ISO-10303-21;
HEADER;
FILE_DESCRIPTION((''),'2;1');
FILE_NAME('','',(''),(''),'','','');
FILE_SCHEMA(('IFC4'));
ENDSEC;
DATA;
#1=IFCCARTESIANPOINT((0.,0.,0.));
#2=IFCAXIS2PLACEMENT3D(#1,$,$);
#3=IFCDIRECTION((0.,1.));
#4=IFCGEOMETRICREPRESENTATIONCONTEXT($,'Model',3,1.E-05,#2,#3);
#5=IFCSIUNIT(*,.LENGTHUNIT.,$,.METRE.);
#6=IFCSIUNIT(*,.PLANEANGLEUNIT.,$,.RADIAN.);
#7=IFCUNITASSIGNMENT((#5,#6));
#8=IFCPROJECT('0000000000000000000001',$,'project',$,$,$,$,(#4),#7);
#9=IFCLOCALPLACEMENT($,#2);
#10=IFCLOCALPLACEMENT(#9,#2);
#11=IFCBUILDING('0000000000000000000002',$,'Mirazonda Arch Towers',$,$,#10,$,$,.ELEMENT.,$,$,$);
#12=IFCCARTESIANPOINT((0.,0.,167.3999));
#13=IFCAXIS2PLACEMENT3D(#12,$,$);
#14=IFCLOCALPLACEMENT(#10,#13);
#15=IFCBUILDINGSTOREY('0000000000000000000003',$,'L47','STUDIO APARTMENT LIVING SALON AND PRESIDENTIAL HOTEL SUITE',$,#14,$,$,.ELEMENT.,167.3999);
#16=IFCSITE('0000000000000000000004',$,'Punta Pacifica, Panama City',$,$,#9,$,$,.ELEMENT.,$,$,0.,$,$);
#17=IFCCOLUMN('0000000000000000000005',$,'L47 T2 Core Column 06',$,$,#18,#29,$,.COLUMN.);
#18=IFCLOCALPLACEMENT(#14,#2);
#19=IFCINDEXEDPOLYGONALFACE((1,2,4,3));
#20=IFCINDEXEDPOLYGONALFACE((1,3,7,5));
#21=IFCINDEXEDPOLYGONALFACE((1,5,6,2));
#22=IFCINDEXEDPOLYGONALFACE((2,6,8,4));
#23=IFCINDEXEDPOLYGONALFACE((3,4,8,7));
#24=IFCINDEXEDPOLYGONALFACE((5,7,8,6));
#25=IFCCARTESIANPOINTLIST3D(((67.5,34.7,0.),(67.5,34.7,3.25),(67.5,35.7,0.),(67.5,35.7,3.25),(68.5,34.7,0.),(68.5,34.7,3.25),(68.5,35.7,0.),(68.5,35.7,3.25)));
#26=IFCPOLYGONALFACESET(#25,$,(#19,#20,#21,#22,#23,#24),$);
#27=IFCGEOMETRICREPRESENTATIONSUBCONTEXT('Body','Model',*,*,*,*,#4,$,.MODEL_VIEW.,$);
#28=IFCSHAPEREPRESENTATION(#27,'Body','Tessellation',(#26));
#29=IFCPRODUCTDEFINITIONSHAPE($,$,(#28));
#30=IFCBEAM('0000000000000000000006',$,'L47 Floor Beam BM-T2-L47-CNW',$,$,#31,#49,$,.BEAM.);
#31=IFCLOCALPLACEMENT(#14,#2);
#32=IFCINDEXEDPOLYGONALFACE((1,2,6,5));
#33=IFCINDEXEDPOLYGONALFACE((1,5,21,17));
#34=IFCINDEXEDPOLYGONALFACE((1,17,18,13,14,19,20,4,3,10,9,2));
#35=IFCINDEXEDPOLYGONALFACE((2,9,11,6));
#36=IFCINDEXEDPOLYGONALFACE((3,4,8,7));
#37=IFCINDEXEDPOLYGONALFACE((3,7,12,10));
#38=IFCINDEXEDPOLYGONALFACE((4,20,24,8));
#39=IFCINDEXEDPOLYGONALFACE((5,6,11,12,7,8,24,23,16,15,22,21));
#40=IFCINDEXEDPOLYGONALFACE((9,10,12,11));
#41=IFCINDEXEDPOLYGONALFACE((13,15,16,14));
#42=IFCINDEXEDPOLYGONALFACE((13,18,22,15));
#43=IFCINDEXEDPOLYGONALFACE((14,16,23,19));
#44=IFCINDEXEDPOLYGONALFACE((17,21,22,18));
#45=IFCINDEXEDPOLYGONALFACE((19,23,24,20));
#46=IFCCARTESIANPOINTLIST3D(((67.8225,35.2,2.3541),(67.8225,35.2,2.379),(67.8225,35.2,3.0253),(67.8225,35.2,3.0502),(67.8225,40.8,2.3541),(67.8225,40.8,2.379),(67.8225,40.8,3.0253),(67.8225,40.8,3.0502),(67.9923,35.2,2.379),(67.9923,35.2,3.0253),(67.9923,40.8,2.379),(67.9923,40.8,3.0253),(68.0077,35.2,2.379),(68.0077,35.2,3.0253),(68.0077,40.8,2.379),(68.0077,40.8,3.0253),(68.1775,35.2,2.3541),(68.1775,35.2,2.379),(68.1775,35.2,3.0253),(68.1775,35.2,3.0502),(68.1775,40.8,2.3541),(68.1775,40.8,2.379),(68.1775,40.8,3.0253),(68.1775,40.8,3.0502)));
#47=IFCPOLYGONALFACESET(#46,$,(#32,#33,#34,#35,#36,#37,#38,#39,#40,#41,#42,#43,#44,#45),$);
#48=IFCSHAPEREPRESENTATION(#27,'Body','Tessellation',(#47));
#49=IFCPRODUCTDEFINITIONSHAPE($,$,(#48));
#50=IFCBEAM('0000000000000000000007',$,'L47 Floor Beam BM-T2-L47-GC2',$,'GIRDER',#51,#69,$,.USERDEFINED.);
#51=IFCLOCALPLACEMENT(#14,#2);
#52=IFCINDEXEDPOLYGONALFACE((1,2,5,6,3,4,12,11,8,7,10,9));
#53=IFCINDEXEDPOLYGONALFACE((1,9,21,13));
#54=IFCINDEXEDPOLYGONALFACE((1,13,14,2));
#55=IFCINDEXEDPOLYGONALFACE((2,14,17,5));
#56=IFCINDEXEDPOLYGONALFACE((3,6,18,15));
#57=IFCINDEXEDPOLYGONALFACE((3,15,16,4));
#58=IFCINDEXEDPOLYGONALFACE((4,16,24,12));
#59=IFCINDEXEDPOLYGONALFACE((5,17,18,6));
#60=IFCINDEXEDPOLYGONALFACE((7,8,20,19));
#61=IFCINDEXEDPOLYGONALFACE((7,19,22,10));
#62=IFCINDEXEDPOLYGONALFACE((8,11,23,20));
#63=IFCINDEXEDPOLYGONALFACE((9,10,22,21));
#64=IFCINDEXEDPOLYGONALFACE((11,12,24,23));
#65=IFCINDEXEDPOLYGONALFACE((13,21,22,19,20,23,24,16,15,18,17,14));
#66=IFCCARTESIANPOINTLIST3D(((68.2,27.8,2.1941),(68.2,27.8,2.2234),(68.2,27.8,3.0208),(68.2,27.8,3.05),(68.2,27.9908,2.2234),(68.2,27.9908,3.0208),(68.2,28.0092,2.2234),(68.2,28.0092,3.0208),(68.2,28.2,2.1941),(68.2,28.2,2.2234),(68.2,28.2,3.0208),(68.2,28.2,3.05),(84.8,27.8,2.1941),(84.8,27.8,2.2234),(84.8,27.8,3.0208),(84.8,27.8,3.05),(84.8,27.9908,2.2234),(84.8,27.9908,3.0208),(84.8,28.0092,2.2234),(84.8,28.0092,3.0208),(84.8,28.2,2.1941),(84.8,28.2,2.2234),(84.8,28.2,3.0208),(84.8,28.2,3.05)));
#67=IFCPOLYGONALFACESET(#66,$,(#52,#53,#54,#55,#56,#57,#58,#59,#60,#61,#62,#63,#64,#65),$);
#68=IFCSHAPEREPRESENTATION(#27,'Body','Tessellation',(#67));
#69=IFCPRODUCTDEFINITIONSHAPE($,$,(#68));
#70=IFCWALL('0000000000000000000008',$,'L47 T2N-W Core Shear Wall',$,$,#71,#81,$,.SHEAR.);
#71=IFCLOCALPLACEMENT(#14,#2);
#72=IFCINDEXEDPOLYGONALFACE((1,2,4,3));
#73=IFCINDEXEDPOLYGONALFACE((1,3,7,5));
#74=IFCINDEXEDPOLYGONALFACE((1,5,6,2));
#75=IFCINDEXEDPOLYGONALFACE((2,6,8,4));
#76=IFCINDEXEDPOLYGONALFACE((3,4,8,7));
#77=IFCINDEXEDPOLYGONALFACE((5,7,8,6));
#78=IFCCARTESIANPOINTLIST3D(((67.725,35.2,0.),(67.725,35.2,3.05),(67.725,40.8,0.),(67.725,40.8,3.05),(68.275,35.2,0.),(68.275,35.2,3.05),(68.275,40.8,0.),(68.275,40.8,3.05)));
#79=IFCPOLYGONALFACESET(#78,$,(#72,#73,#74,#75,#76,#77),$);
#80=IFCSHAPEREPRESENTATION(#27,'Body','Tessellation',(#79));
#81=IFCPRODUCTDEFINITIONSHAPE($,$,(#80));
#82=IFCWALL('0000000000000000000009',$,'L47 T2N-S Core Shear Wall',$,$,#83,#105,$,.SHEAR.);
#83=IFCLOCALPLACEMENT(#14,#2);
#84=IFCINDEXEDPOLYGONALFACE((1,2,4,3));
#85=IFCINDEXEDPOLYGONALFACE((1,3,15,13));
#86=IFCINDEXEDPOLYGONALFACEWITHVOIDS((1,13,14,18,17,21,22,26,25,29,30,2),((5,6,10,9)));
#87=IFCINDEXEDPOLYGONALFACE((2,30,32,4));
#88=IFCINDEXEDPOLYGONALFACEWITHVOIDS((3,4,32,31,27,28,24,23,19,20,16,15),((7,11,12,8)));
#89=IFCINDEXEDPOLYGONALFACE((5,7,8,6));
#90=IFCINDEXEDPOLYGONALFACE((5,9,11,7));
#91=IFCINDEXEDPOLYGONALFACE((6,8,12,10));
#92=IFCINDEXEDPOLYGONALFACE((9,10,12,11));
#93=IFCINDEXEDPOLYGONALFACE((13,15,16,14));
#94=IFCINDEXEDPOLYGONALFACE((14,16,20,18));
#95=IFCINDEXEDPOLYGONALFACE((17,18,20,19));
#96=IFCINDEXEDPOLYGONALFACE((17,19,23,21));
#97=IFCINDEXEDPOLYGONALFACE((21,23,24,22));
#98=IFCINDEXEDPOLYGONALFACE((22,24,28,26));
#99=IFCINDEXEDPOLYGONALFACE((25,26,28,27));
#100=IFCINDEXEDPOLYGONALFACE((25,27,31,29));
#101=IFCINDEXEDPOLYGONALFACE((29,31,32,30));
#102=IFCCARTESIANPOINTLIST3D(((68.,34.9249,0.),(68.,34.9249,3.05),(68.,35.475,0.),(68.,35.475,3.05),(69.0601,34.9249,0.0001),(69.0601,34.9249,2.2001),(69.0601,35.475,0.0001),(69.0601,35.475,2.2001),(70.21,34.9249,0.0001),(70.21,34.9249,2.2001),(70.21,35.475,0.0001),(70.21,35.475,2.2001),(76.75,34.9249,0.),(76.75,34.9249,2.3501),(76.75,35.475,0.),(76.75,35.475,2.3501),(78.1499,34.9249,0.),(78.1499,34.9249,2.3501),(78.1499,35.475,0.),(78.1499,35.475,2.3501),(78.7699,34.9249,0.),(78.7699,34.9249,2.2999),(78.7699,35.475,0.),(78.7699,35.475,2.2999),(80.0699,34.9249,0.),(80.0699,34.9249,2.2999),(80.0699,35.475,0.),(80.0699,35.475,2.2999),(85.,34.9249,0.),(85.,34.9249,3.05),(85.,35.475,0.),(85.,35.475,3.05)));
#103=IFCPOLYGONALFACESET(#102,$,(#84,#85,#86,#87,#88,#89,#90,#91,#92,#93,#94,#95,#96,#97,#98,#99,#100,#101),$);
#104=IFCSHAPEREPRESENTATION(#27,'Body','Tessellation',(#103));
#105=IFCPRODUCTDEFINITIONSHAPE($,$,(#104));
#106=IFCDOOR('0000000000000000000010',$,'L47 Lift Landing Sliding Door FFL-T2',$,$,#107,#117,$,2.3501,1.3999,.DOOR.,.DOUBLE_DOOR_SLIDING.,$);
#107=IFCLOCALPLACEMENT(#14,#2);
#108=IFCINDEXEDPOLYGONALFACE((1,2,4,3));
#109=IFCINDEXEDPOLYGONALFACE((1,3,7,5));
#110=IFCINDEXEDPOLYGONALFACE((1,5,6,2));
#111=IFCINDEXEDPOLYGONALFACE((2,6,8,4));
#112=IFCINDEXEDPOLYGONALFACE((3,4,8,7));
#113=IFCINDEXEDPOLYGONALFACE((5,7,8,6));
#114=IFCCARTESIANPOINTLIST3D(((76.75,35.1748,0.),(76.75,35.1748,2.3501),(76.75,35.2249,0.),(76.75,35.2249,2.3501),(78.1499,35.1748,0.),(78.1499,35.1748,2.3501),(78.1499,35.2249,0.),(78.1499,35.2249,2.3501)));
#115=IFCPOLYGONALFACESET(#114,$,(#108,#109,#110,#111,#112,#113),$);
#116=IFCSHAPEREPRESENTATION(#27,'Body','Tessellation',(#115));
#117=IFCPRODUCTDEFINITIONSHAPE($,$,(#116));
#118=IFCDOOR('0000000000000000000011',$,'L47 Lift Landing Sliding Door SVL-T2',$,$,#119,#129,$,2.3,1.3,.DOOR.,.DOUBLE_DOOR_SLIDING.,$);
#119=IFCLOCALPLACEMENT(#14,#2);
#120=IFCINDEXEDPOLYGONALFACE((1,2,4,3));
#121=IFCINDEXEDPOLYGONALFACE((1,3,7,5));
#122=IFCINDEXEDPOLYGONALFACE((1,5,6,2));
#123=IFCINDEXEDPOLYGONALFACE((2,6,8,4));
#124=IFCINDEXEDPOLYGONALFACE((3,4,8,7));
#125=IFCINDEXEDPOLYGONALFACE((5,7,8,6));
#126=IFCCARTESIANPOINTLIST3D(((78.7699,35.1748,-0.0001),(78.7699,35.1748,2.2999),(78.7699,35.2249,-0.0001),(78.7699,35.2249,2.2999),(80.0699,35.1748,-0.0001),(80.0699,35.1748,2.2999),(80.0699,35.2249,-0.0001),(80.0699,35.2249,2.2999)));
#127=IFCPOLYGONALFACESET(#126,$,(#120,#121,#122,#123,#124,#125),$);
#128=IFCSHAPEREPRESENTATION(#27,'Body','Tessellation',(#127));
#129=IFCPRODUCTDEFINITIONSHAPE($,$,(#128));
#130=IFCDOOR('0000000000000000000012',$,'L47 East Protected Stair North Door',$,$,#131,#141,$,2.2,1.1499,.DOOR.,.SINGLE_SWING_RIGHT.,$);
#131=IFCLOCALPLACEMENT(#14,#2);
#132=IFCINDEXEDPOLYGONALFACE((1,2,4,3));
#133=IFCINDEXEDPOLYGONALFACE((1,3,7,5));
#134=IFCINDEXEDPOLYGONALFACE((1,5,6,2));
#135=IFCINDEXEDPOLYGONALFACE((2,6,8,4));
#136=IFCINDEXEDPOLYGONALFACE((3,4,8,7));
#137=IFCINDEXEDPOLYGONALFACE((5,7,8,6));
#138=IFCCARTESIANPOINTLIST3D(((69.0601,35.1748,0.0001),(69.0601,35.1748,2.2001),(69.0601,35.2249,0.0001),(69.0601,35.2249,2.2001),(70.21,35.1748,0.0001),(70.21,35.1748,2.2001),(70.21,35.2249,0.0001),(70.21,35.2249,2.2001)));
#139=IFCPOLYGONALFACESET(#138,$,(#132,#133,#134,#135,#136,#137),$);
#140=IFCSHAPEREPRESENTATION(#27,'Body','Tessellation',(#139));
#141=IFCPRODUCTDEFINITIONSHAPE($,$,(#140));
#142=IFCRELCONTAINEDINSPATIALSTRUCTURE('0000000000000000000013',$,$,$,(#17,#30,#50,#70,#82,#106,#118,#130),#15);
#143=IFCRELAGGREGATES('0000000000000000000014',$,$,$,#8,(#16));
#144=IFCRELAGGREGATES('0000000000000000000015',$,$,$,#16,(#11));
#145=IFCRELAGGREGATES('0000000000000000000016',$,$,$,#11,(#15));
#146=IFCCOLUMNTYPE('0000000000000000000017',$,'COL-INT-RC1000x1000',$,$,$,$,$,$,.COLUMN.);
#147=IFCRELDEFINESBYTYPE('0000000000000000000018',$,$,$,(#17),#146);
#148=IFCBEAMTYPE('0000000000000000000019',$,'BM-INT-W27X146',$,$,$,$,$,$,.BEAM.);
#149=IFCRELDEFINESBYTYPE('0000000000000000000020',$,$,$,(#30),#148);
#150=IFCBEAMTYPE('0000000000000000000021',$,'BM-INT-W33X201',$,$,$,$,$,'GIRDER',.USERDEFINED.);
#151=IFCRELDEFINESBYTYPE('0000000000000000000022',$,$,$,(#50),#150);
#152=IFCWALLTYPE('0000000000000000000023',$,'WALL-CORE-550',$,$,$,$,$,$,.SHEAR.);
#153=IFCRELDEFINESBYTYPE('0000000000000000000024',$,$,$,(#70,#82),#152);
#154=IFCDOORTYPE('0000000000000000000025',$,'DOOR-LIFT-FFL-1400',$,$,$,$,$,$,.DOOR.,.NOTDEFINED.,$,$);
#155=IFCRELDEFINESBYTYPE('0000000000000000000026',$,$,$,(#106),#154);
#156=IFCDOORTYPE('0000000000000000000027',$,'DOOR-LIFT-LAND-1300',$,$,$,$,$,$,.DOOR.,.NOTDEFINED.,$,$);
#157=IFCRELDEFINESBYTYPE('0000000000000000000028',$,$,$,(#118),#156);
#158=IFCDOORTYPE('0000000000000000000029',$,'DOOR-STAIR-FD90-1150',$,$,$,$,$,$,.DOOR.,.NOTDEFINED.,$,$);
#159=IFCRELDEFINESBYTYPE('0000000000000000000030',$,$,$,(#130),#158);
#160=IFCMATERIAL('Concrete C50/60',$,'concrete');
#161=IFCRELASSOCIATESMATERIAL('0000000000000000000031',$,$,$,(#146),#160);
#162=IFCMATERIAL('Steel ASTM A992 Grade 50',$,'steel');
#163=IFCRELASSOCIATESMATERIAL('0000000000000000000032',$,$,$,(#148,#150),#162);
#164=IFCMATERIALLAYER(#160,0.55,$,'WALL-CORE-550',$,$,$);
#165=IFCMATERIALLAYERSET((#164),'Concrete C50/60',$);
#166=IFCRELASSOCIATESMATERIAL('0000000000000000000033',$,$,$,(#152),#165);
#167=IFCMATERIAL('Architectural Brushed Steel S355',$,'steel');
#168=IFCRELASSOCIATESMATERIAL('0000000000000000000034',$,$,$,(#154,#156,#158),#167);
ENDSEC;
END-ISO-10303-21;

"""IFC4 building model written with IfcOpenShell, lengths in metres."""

from ifc_helpers import new_model, si_unit, direction, frame, frame_2d, origin, origin_2d, place, context, subcontext, project, spatial, rectangle, i_section, extrude, material, layer, layer_set, material_profile, profile_set, type_object, element, fill, save


model = new_model("IFC4")

# Units and contexts
model_context = context("Model", 3, precision=1e-05, world=origin(), true_north=direction((0.0, 1.0)))
body_context = subcontext(model_context, "Body", "Model", "MODEL_VIEW")
ifc_project = project(units=[si_unit("LENGTHUNIT", "METRE"), si_unit("PLANEANGLEUNIT", "RADIAN")], contexts=[model_context])

# Site, building, storey
site_placement = place(None, origin())
site = spatial("IfcSite", under=ifc_project, at=site_placement, Name="Punta Pacifica, Panama City", CompositionType="ELEMENT", RefElevation=0.0)
building_placement = place(site_placement, origin())
building = spatial("IfcBuilding", under=site, at=building_placement, Name="Mirazonda Arch Towers", CompositionType="ELEMENT")
storey_placement = place(building_placement, frame((0.0, 0.0, 167.3999)))
storey = spatial("IfcBuildingStorey", under=building, at=storey_placement, Name="L47", Description="STUDIO APARTMENT LIVING SALON AND PRESIDENTIAL HOTEL SUITE", CompositionType="ELEMENT", Elevation=167.3999)

# Column
ifc_material_1 = material(Name="Concrete C50/60", Category="concrete")
ifc_material_profile_1 = material_profile(ifc_material_1, rectangle(XDim=1.0, YDim=1.0, at=origin_2d()), Name="RC1000x1000")
ifc_profile_set_1 = profile_set([ifc_material_profile_1], Name="Concrete C50/60")
column_type = type_object("IfcColumnType", Name="COL-INT-RC1000x1000", PredefinedType="COLUMN", material=ifc_profile_set_1)
column_placement = place(storey_placement, frame((68.0, 35.2, 0.0), z_axis=(0.0, 0.0, 1.0), x_axis=(1.0, 0.0, 0.0)))
element("IfcColumn", 1, at=column_placement, inside=storey, type_object=column_type, Name="L47 T2 Core Column 06", PredefinedType="COLUMN", context=body_context, shape_type="SweptSolid", body=[
    extrude(rectangle(XDim=1.0, YDim=1.0, at=origin_2d()), origin(), (0.0, 0.0, 1.0), 3.25),
])

# Beams
ifc_material_2 = material(Name="Steel ASTM A992 Grade 50", Category="steel")
ifc_material_profile_2 = material_profile(ifc_material_2, i_section(OverallWidth=0.355, OverallDepth=0.696, WebThickness=0.0154, FlangeThickness=0.0249, at=origin_2d()), Name="W27X146")
ifc_profile_set_2 = profile_set([ifc_material_profile_2], Name="Steel ASTM A992 Grade 50")
beam_type_1 = type_object("IfcBeamType", Name="BM-INT-W27X146", PredefinedType="BEAM", material=ifc_profile_set_2)
beam_1_placement = place(storey_placement, frame((68.0, 35.2, 2.7021), z_axis=(0.0, 1.0, 0.0), x_axis=(-1.0, 0.0, 0.0)))
element("IfcBeam", 2, at=beam_1_placement, inside=storey, type_object=beam_type_1, Name="L47 Floor Beam BM-T2-L47-CNW", PredefinedType="BEAM", context=body_context, shape_type="SweptSolid", body=[
    extrude(i_section(OverallWidth=0.355, OverallDepth=0.696, WebThickness=0.0154, FlangeThickness=0.0249, at=origin_2d()), origin(), (0.0, 0.0, 1.0), 5.6001),
])
ifc_material_profile_3 = material_profile(ifc_material_2, i_section(OverallWidth=0.3999, OverallDepth=0.856, WebThickness=0.0183, FlangeThickness=0.0293, at=origin_2d()), Name="W33X201")
ifc_profile_set_3 = profile_set([ifc_material_profile_3], Name="Steel ASTM A992 Grade 50")
beam_type_2 = type_object("IfcBeamType", Name="BM-INT-W33X201", ElementType="GIRDER", PredefinedType="USERDEFINED", material=ifc_profile_set_3)
beam_2_placement = place(storey_placement, frame((68.2, 28.0, 2.6221), z_axis=(1.0, 0.0, 0.0), x_axis=(0.0, 1.0, 0.0)))
element("IfcBeam", 3, at=beam_2_placement, inside=storey, type_object=beam_type_2, Name="L47 Floor Beam BM-T2-L47-GC2", ObjectType="GIRDER", PredefinedType="USERDEFINED", context=body_context, shape_type="SweptSolid", body=[
    extrude(i_section(OverallWidth=0.3999, OverallDepth=0.856, WebThickness=0.0183, FlangeThickness=0.0293, at=origin_2d()), origin(), (0.0, 0.0, 1.0), 16.6001),
])

# Wall
ifc_layer_1 = layer(ifc_material_1, 0.55, Name="WALL-CORE-550")
ifc_layer_set_1 = layer_set([ifc_layer_1], Name="Concrete C50/60")
wall_type_1 = type_object("IfcWallType", Name="WALL-CORE-550", PredefinedType="SHEAR", material=ifc_layer_set_1)
wall_1_placement = place(storey_placement, frame((68.0, 35.2, 0.0), z_axis=(0.0, 0.0, 1.0), x_axis=(0.0, 1.0, 0.0)))
element("IfcWall", 4, at=wall_1_placement, inside=storey, type_object=wall_type_1, Name="L47 T2N-W Core Shear Wall", PredefinedType="SHEAR", context=body_context, shape_type="SweptSolid", body=[
    extrude(rectangle(XDim=5.6001, YDim=0.55, at=frame_2d((2.8, 0.0))), origin(), (0.0, 0.0, 1.0), 3.05),
])

# Wall, openings, doors
wall_2_placement = place(storey_placement, frame((68.0, 35.2, 0.0), z_axis=(0.0, 0.0, 1.0), x_axis=(1.0, 0.0, 0.0)))
wall_2 = element("IfcWall", 5, at=wall_2_placement, inside=storey, type_object=wall_type_1, Name="L47 T2N-S Core Shear Wall", PredefinedType="SHEAR", context=body_context, shape_type="SweptSolid", body=[
    extrude(rectangle(XDim=17.0, YDim=0.55, at=frame_2d((8.5, 0.0))), origin(), (0.0, 0.0, 1.0), 3.05),
])
opening_1_placement = place(wall_2_placement, frame((1.0601, 0.0, 0.0)))
opening_1 = element("IfcOpeningElement", 6, at=opening_1_placement, cuts=wall_2, PredefinedType="OPENING", context=body_context, shape_type="SweptSolid", body=[
    extrude(rectangle(XDim=1.1499, YDim=2.2, at=frame_2d((0.575, 1.1001))), frame((0.0, 0.2849, 0.0), z_axis=(0.0, -1.0, 0.0), x_axis=(1.0, 0.0, 0.0)), (0.0, 0.0, 1.0), 0.5701),
])
opening_2_placement = place(wall_2_placement, frame((8.75, 0.0, 0.0)))
opening_2 = element("IfcOpeningElement", 7, at=opening_2_placement, cuts=wall_2, PredefinedType="OPENING", context=body_context, shape_type="SweptSolid", body=[
    extrude(rectangle(XDim=1.3999, YDim=2.3501, at=frame_2d((0.7, 1.175))), frame((0.0, 0.2849, 0.0), z_axis=(0.0, -1.0, 0.0), x_axis=(1.0, 0.0, 0.0)), (0.0, 0.0, 1.0), 0.5701),
])
opening_3_placement = place(wall_2_placement, frame((10.77, 0.0, 0.0)))
opening_3 = element("IfcOpeningElement", 8, at=opening_3_placement, cuts=wall_2, PredefinedType="OPENING", context=body_context, shape_type="SweptSolid", body=[
    extrude(rectangle(XDim=1.3, YDim=2.3, at=frame_2d((0.6499, 1.1499))), frame((0.0, 0.2849, 0.0), z_axis=(0.0, -1.0, 0.0), x_axis=(1.0, 0.0, 0.0)), (0.0, 0.0, 1.0), 0.5701),
])
ifc_material_3 = material(Name="Architectural Brushed Steel S355", Category="steel")
door_type_1 = type_object("IfcDoorType", Name="DOOR-LIFT-FFL-1400", OperationType="NOTDEFINED", PredefinedType="DOOR", material=ifc_material_3)
door_1_placement = place(opening_2_placement, origin())
door_1 = element("IfcDoor", 9, at=door_1_placement, inside=storey, type_object=door_type_1, Name="L47 Lift Landing Sliding Door FFL-T2", OperationType="DOUBLE_DOOR_SLIDING", OverallHeight=2.3501, OverallWidth=1.3999, PredefinedType="DOOR", context=body_context, shape_type="SweptSolid", body=[
    extrude(rectangle(XDim=1.3999, YDim=2.3501, at=frame_2d((0.7, 1.175))), frame((0.0, 0.0249, 0.0), z_axis=(0.0, -1.0, 0.0), x_axis=(1.0, 0.0, 0.0)), (0.0, 0.0, 1.0), 0.05),
])
fill(opening_2, door_1)
door_type_2 = type_object("IfcDoorType", Name="DOOR-LIFT-LAND-1300", OperationType="NOTDEFINED", PredefinedType="DOOR", material=ifc_material_3)
door_2_placement = place(opening_3_placement, origin())
door_2 = element("IfcDoor", 10, at=door_2_placement, inside=storey, type_object=door_type_2, Name="L47 Lift Landing Sliding Door SVL-T2", OperationType="DOUBLE_DOOR_SLIDING", OverallHeight=2.3, OverallWidth=1.3, PredefinedType="DOOR", context=body_context, shape_type="SweptSolid", body=[
    extrude(rectangle(XDim=1.3, YDim=2.3, at=frame_2d((0.6499, 1.1499))), frame((0.0, 0.0249, 0.0), z_axis=(0.0, -1.0, 0.0), x_axis=(1.0, 0.0, 0.0)), (0.0, 0.0, 1.0), 0.05),
])
fill(opening_3, door_2)
door_type_3 = type_object("IfcDoorType", Name="DOOR-STAIR-FD90-1150", OperationType="NOTDEFINED", PredefinedType="DOOR", material=ifc_material_3)
door_3_placement = place(opening_1_placement, origin())
door_3 = element("IfcDoor", 11, at=door_3_placement, inside=storey, type_object=door_type_3, Name="L47 East Protected Stair North Door", OperationType="SINGLE_SWING_RIGHT", OverallHeight=2.2, OverallWidth=1.1499, PredefinedType="DOOR", context=body_context, shape_type="SweptSolid", body=[
    extrude(rectangle(XDim=1.1499, YDim=2.2, at=frame_2d((0.575, 1.1001))), frame((0.0, 0.0249, 0.0), z_axis=(0.0, -1.0, 0.0), x_axis=(1.0, 0.0, 0.0)), (0.0, 0.0, 1.0), 0.05),
])
fill(opening_1, door_3)

save(model, "model.ifc")
